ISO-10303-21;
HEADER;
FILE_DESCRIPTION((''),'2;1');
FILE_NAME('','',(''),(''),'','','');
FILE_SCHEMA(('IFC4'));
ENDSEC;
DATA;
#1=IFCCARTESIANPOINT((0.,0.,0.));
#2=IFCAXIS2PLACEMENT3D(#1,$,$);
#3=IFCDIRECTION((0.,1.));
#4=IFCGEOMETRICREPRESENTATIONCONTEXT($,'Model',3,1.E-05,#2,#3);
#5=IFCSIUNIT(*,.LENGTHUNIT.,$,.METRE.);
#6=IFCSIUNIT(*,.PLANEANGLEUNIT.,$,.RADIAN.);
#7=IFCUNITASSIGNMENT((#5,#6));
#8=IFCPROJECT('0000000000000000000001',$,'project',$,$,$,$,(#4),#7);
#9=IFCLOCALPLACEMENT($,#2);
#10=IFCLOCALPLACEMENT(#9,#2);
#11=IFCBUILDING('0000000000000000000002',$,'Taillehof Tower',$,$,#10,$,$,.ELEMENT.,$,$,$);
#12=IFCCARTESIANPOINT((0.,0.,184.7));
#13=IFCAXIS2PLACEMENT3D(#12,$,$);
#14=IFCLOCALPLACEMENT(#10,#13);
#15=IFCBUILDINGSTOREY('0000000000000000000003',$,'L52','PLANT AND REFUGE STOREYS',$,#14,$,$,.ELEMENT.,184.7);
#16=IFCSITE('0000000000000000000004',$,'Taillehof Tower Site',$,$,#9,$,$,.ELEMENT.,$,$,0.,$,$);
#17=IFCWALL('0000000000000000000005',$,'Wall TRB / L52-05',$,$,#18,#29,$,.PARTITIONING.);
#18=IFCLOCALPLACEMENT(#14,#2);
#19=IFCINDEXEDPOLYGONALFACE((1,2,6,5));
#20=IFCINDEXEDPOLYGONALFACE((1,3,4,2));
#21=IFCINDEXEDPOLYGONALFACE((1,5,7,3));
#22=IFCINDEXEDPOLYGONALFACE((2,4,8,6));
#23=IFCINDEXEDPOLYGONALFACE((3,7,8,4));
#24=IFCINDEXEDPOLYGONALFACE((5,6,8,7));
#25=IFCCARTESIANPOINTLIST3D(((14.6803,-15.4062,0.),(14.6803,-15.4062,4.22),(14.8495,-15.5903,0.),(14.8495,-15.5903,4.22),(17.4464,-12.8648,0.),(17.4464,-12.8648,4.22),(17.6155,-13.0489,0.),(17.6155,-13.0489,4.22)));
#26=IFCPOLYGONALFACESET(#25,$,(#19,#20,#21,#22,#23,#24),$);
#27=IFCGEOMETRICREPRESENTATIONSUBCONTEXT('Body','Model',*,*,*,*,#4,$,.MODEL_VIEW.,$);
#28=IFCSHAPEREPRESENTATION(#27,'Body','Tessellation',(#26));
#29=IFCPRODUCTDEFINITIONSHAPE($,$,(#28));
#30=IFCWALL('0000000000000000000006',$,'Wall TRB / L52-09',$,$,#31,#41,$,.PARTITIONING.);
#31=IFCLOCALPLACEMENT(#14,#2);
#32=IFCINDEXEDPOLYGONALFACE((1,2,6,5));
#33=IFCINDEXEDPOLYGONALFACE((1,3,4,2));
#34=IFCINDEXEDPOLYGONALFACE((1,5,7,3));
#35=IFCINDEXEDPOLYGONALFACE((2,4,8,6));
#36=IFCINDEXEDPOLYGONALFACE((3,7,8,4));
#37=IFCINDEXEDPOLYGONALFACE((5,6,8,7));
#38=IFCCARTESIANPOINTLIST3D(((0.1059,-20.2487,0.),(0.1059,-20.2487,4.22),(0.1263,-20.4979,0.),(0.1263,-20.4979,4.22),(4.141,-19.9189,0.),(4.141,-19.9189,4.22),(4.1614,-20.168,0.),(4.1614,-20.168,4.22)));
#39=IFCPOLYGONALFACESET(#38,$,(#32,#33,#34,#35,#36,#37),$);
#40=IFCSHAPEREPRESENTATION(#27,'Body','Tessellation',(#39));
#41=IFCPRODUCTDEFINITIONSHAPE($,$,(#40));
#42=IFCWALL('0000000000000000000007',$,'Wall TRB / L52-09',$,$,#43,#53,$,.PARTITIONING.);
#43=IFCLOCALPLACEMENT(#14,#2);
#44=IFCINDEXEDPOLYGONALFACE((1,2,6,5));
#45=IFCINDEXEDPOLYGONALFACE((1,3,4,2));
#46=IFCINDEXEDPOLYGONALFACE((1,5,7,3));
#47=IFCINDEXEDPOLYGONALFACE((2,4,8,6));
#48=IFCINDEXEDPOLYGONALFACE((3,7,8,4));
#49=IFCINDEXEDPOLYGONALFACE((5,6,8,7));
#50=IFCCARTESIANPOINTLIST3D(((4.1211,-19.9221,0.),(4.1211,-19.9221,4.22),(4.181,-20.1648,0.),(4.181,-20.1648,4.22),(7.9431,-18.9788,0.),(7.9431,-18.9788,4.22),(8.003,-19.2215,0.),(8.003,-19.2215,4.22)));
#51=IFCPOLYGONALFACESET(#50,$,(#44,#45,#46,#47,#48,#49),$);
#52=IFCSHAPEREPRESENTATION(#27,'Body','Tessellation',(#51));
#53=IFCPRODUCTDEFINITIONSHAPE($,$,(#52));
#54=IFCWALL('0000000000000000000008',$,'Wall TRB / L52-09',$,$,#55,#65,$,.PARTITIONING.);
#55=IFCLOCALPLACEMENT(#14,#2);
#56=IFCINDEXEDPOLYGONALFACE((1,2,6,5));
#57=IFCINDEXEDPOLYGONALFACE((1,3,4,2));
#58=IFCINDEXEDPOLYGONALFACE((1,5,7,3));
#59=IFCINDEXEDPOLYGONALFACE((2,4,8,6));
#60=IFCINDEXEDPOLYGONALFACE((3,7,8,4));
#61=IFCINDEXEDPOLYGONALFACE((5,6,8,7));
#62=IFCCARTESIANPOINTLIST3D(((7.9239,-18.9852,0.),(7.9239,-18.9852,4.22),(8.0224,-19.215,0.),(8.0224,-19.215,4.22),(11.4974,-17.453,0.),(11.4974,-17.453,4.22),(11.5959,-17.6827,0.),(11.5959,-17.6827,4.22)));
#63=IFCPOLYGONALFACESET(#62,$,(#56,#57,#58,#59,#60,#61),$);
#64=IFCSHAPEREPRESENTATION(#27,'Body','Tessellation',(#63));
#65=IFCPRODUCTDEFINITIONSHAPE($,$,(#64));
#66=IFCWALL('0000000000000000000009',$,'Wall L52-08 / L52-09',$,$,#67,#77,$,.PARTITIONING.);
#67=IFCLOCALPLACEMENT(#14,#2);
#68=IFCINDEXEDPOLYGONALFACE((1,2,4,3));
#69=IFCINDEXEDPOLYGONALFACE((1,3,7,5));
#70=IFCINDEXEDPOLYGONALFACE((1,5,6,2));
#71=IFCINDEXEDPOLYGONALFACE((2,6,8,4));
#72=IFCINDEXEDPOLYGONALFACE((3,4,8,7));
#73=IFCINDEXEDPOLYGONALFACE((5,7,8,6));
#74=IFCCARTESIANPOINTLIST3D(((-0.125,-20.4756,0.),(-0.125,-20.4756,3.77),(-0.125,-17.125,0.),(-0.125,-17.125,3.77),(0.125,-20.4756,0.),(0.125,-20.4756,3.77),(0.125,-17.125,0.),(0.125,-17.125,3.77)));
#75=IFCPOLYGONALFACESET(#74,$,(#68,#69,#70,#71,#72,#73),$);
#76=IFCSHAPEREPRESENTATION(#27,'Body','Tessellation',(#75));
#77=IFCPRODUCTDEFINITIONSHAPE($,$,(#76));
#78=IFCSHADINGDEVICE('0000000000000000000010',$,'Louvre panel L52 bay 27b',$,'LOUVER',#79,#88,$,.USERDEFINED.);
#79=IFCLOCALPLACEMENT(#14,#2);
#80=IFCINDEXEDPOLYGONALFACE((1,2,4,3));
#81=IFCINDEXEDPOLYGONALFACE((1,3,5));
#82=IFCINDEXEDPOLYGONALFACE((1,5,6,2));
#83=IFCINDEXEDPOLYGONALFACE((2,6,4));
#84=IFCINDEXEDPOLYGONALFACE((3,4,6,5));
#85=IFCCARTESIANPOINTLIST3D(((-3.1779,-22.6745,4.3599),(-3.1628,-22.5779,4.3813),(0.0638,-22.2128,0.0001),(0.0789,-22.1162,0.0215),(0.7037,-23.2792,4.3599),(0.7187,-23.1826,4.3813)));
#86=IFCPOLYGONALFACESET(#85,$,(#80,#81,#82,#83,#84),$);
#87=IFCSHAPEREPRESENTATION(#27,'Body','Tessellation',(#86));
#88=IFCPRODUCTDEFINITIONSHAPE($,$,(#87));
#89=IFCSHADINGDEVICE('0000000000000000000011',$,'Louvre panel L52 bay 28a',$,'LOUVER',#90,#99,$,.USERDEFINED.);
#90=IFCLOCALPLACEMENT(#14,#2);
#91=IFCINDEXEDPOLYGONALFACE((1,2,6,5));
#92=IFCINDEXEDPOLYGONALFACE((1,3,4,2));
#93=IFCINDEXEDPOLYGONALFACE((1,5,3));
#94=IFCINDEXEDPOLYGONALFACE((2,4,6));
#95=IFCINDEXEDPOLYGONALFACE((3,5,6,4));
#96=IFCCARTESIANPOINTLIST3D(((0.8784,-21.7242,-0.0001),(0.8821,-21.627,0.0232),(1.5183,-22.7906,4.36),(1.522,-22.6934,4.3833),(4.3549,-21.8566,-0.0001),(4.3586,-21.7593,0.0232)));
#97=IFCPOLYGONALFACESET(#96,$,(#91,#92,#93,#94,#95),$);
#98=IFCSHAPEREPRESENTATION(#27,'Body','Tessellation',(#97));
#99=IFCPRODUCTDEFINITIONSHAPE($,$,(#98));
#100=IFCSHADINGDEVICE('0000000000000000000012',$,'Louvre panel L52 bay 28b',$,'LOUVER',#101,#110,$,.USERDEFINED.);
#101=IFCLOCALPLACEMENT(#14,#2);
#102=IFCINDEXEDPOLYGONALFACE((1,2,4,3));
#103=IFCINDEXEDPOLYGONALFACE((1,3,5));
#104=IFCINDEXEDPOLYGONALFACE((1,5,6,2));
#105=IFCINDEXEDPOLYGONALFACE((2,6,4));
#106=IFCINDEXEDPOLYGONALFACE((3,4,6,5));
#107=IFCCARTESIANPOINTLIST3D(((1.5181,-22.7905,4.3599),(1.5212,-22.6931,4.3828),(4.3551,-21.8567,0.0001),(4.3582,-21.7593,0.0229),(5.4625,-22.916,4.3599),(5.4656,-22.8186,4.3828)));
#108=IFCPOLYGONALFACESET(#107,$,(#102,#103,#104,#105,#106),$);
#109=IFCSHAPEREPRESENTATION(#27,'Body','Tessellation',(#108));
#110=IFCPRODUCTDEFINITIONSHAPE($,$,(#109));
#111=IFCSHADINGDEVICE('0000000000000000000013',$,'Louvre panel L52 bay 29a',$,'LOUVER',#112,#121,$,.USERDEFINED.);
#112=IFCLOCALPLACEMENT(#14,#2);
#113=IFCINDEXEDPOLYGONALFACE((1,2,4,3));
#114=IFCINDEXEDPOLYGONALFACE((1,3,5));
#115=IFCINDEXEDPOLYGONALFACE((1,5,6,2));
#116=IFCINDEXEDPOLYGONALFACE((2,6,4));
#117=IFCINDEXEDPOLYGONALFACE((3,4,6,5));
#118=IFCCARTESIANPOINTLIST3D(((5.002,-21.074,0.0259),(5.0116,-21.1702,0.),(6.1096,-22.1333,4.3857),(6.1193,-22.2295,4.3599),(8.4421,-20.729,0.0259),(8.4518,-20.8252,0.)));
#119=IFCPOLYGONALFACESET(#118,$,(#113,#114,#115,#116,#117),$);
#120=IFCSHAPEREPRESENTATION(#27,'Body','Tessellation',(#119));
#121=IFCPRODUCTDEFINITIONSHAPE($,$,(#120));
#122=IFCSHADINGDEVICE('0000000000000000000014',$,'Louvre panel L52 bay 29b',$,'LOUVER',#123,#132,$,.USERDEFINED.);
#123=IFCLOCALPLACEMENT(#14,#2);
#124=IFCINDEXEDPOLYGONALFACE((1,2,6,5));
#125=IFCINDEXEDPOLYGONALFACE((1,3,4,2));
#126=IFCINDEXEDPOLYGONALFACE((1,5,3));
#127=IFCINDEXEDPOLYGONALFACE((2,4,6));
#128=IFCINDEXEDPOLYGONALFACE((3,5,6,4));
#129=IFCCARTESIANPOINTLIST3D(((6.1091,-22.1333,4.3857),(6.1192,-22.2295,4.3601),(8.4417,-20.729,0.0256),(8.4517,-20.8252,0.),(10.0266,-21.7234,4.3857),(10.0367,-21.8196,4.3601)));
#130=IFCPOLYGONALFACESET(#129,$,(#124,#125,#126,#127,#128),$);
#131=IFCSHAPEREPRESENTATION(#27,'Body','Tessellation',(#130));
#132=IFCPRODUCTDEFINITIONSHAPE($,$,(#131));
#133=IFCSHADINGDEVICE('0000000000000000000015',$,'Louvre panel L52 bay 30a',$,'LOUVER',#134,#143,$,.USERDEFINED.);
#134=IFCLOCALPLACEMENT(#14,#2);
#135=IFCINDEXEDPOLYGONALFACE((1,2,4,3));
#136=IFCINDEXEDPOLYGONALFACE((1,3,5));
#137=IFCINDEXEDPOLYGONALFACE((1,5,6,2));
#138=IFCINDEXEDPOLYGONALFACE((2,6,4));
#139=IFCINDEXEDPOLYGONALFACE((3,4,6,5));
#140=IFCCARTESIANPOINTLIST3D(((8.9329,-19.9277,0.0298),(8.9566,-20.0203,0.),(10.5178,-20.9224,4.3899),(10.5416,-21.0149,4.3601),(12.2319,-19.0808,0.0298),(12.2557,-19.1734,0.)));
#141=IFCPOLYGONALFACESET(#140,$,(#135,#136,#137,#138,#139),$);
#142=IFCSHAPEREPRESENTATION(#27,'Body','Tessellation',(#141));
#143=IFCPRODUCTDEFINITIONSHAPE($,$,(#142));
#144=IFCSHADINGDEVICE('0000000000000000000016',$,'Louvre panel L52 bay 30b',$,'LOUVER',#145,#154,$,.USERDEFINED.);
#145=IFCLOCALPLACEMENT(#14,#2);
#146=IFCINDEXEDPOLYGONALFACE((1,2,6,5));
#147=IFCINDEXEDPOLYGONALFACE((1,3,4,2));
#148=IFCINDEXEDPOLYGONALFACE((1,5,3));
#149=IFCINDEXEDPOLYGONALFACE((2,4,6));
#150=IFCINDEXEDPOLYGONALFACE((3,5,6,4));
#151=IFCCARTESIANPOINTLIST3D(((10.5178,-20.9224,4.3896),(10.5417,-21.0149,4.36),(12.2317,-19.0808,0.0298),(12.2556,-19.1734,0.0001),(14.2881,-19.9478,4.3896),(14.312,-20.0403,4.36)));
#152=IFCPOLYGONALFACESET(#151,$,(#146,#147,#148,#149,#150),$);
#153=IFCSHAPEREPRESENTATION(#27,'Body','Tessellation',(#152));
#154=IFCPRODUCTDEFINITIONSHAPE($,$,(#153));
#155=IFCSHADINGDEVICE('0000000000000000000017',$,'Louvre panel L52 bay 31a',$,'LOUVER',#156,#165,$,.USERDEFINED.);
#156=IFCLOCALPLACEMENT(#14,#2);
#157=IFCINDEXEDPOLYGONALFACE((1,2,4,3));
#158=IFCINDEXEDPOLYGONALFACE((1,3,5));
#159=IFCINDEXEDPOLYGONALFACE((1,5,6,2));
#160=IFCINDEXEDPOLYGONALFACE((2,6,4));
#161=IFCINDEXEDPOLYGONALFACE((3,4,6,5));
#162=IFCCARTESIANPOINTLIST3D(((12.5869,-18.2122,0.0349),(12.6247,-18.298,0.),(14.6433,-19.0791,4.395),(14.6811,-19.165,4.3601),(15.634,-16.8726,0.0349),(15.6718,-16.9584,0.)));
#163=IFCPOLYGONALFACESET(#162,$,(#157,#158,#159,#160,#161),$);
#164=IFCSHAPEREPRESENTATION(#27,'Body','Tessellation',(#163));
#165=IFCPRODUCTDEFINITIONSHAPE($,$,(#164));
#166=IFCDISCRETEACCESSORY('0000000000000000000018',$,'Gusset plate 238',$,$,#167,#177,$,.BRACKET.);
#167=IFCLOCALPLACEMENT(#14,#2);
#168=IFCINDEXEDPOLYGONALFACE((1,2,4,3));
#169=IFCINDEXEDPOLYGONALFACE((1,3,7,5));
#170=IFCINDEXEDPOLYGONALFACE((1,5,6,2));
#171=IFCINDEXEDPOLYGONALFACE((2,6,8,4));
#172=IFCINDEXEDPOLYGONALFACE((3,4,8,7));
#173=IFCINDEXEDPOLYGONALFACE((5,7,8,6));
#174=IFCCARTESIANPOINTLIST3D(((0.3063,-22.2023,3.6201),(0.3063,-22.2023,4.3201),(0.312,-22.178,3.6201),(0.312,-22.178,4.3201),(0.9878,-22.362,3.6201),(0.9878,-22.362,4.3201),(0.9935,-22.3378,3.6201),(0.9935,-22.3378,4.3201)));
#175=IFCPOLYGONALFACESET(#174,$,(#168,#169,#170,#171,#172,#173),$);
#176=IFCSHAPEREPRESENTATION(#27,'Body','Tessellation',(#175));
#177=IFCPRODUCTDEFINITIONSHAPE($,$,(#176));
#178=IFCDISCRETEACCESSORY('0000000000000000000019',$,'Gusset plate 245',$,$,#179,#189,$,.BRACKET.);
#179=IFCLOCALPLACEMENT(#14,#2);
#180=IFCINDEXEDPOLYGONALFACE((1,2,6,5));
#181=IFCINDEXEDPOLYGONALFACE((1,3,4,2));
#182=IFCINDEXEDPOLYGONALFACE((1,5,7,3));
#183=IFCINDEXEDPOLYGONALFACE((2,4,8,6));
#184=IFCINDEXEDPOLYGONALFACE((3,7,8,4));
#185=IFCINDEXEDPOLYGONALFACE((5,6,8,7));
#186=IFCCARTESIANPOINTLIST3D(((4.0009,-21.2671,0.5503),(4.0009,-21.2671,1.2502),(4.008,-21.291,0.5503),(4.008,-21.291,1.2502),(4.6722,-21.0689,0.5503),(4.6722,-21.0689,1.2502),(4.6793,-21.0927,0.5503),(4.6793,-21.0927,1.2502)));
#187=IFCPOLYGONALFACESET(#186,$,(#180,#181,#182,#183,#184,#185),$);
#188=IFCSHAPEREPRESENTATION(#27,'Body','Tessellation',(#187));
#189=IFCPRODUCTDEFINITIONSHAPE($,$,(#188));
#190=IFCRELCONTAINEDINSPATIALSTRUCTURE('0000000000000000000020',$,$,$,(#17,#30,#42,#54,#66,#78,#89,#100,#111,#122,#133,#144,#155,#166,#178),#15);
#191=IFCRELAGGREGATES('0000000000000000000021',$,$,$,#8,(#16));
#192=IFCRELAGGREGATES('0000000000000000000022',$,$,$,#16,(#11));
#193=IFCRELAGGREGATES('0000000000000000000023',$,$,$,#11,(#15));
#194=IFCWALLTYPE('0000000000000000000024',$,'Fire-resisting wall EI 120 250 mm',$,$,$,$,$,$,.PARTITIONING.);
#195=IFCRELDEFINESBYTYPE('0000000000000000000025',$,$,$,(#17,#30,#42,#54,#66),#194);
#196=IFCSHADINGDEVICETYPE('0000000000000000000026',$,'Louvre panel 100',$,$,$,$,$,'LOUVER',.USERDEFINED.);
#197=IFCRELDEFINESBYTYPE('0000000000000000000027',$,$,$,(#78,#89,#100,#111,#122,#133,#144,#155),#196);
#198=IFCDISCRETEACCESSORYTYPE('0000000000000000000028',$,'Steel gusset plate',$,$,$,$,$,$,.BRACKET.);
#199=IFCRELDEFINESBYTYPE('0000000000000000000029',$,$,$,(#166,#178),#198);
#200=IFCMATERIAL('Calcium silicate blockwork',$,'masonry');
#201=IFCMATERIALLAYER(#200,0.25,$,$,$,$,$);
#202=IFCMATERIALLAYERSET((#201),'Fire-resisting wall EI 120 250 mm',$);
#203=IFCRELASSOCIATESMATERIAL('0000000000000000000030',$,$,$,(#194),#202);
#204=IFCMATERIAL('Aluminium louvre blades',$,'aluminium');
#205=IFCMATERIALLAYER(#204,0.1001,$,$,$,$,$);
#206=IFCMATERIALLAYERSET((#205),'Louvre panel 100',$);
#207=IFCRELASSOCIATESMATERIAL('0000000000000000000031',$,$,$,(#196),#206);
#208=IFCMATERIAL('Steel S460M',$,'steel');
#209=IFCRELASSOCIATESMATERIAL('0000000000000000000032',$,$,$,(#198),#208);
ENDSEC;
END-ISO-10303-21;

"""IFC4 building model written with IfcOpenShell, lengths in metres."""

from ifc_helpers import new_model, si_unit, direction, frame, frame_2d, origin, origin_2d, place, context, subcontext, project, spatial, polyline, rectangle, outline, extrude, material, layer, layer_set, type_object, element, save


model = new_model("IFC4")

# Units and contexts
model_context = context("Model", 3, precision=1e-05, world=origin(), true_north=direction((0.0, 1.0)))
body_context = subcontext(model_context, "Body", "Model", "MODEL_VIEW")
ifc_project = project(units=[si_unit("LENGTHUNIT", "METRE"), si_unit("PLANEANGLEUNIT", "RADIAN")], contexts=[model_context])

# Site, building, storey
site_placement = place(None, origin())
site = spatial("IfcSite", under=ifc_project, at=site_placement, Name="Taillehof Tower Site", CompositionType="ELEMENT", RefElevation=0.0)
building_placement = place(site_placement, origin())
building = spatial("IfcBuilding", under=site, at=building_placement, Name="Taillehof Tower", CompositionType="ELEMENT")
storey_placement = place(building_placement, frame((0.0, 0.0, 184.7)))
storey = spatial("IfcBuildingStorey", under=building, at=storey_placement, Name="L52", Description="PLANT AND REFUGE STOREYS", CompositionType="ELEMENT", Elevation=184.7)

# Walls
ifc_material_1 = material(Name="Calcium silicate blockwork", Category="masonry")
ifc_layer_1 = layer(ifc_material_1, 0.25)
ifc_layer_set_1 = layer_set([ifc_layer_1], Name="Fire-resisting wall EI 120 250 mm")
wall_type = type_object("IfcWallType", Name="Fire-resisting wall EI 120 250 mm", PredefinedType="PARTITIONING", material=ifc_layer_set_1)
wall_1_placement = place(storey_placement, frame((14.7649, -15.4983, 0.0), z_axis=(0.0, 0.0, 1.0), x_axis=(0.736371, 0.676578, 0.0)))
element("IfcWall", 1, at=wall_1_placement, inside=storey, type_object=wall_type, Name="Wall TRB / L52-05", PredefinedType="PARTITIONING", context=body_context, shape_type="SweptSolid", body=[
    extrude(rectangle(XDim=3.7563, YDim=0.25, at=frame_2d((1.8782, 0.0))), origin(), (0.0, 0.0, 1.0), 4.22),
])
wall_2_placement = place(storey_placement, frame((0.116, -20.3733, 0.0), z_axis=(0.0, 0.0, 1.0), x_axis=(0.996676, 0.081468, 0.0)))
element("IfcWall", 2, at=wall_2_placement, inside=storey, type_object=wall_type, Name="Wall TRB / L52-09", PredefinedType="PARTITIONING", context=body_context, shape_type="SweptSolid", body=[
    extrude(rectangle(XDim=4.0486, YDim=0.25, at=frame_2d((2.0244, 0.0))), origin(), (0.0, 0.0, 1.0), 4.22),
])
wall_3_placement = place(storey_placement, frame((4.1511, -20.0435, 0.0), z_axis=(0.0, 0.0, 1.0), x_axis=(0.970864, 0.239631, 0.0)))
element("IfcWall", 3, at=wall_3_placement, inside=storey, type_object=wall_type, Name="Wall TRB / L52-09", PredefinedType="PARTITIONING", context=body_context, shape_type="SweptSolid", body=[
    extrude(rectangle(XDim=3.9368, YDim=0.25, at=frame_2d((1.9683, 0.0))), origin(), (0.0, 0.0, 1.0), 4.22),
])
wall_4_placement = place(storey_placement, frame((7.9731, -19.1001, 0.0), z_axis=(0.0, 0.0, 1.0), x_axis=(0.919077, 0.394078, 0.0)))
element("IfcWall", 4, at=wall_4_placement, inside=storey, type_object=wall_type, Name="Wall TRB / L52-09", PredefinedType="PARTITIONING", context=body_context, shape_type="SweptSolid", body=[
    extrude(rectangle(XDim=3.8882, YDim=0.25, at=frame_2d((1.9441, 0.0))), origin(), (0.0, 0.0, 1.0), 4.22),
])
wall_5_placement = place(storey_placement, frame((0.0, -20.4756, 0.0), z_axis=(0.0, 0.0, 1.0), x_axis=(0.0, 1.0, 0.0)))
element("IfcWall", 5, at=wall_5_placement, inside=storey, type_object=wall_type, Name="Wall L52-08 / L52-09", PredefinedType="PARTITIONING", context=body_context, shape_type="SweptSolid", body=[
    extrude(rectangle(XDim=3.3506, YDim=0.25, at=frame_2d((1.6753, 0.0))), origin(), (0.0, 0.0, 1.0), 3.77),
])

# Shading devices
ifc_material_2 = material(Name="Aluminium louvre blades", Category="aluminium")
ifc_layer_2 = layer(ifc_material_2, 0.1001)
ifc_layer_set_2 = layer_set([ifc_layer_2], Name="Louvre panel 100")
shading_device_type = type_object("IfcShadingDeviceType", Name="Louvre panel 100", ElementType="LOUVER", PredefinedType="USERDEFINED", material=ifc_layer_set_2)
shading_device_1_placement = place(storey_placement, frame((0.0789, -22.1162, 0.0215), z_axis=(0.150372, 0.965188, 0.214011), x_axis=(0.141139, -0.235214, 0.961641)))
element("IfcShadingDevice", 6, at=shading_device_1_placement, inside=storey, type_object=shading_device_type, Name="Louvre panel L52 bay 27b", ObjectType="LOUVER", PredefinedType="USERDEFINED", context=body_context, shape_type="SweptSolid", body=[
    extrude(outline(polyline([(0.0, 0.0), (4.5338, 0.0), (3.8437, -3.8673), (0.0, 0.0)])), origin(), (0.0, 0.0, -1.0), 0.1001),
])
shading_device_2_placement = place(storey_placement, frame((0.8821, -21.627, 0.0232), z_axis=(0.036994, 0.971943, 0.232291), x_axis=(0.999276, -0.038034, 0.0)))
element("IfcShadingDevice", 7, at=shading_device_2_placement, inside=storey, type_object=shading_device_type, Name="Louvre panel L52 bay 28a", ObjectType="LOUVER", PredefinedType="USERDEFINED", context=body_context, shape_type="SweptSolid", body=[
    extrude(outline(polyline([(0.0, 0.0), (3.4791, 0.0), (0.68, -4.4827), (0.0, 0.0)])), origin(), (0.0, 0.0, -1.0), 0.1001),
])
shading_device_3_placement = place(storey_placement, frame((4.3582, -21.7593, 0.0229), z_axis=(0.030957, 0.973038, 0.228558), x_axis=(0.239631, -0.229224, 0.943416)))
element("IfcShadingDevice", 8, at=shading_device_3_placement, inside=storey, type_object=shading_device_type, Name="Louvre panel L52 bay 28b", ObjectType="LOUVER", PredefinedType="USERDEFINED", context=body_context, shape_type="SweptSolid", body=[
    extrude(outline(polyline([(0.0, 0.0), (4.6214, 0.0), (3.6474, -3.8243), (0.0, 0.0)])), origin(), (0.0, 0.0, -1.0), 0.1001),
])
shading_device_4_placement = place(storey_placement, frame((5.002, -21.074, 0.0259), z_axis=(-0.096397, 0.961307, 0.258062), x_axis=(0.99501, 0.099776, 0.0)))
element("IfcShadingDevice", 9, at=shading_device_4_placement, inside=storey, type_object=shading_device_type, Name="Louvre panel L52 bay 29a", ObjectType="LOUVER", PredefinedType="USERDEFINED", context=body_context, shape_type="SweptSolid", body=[
    extrude(outline(polyline([(0.0, 0.0), (3.4574, 0.0), (0.9964, -4.5127), (0.0, 0.0)])), origin(), (0.0, 0.0, -1.0), 0.1001),
])
shading_device_5_placement = place(storey_placement, frame((8.4417, -20.729, 0.0256), z_axis=(-0.100605, 0.961468, 0.255848), x_axis=(0.334054, -0.209581, 0.918958)))
element("IfcShadingDevice", 10, at=shading_device_5_placement, inside=storey, type_object=shading_device_type, Name="Louvre panel L52 bay 29b", ObjectType="LOUVER", PredefinedType="USERDEFINED", context=body_context, shape_type="SweptSolid", body=[
    extrude(outline(polyline([(0.0, 0.0), (4.7446, 0.0), (3.5219, -3.7443), (0.0, 0.0)])), origin(), (0.0, 0.0, -1.0), 0.1001),
])
shading_device_6_placement = place(storey_placement, frame((8.9329, -19.9277, 0.0298), z_axis=(-0.237412, 0.924806, 0.29727), x_axis=(0.968593, 0.248653, 0.0)))
element("IfcShadingDevice", 11, at=shading_device_6_placement, inside=storey, type_object=shading_device_type, Name="Louvre panel L52 bay 30a", ObjectType="LOUVER", PredefinedType="USERDEFINED", context=body_context, shape_type="SweptSolid", body=[
    extrude(outline(polyline([(0.0, 0.0), (3.406, 0.0), (1.2879, -4.5665), (0.0, 0.0)])), origin(), (0.0, 0.0, -1.0), 0.1001),
])
shading_device_7_placement = place(storey_placement, frame((12.2317, -19.0808, 0.0298), z_axis=(-0.239011, 0.924613, 0.296589), x_axis=(0.419858, -0.177006, 0.890162)))
element("IfcShadingDevice", 12, at=shading_device_7_placement, inside=storey, type_object=shading_device_type, Name="Louvre panel L52 bay 30b", ObjectType="LOUVER", PredefinedType="USERDEFINED", context=body_context, shape_type="SweptSolid", body=[
    extrude(outline(polyline([(0.0, 0.0), (4.8978, 0.0), (3.4874, -3.6298), (0.0, 0.0)])), origin(), (0.0, 0.0, -1.0), 0.1001),
])
shading_device_8_placement = place(storey_placement, frame((12.5869, -18.2122, 0.0349), z_axis=(-0.37722, 0.858043, 0.348521), x_axis=(0.91544, 0.402453, 0.0)))
element("IfcShadingDevice", 13, at=shading_device_8_placement, inside=storey, type_object=shading_device_type, Name="Louvre panel L52 bay 31a", ObjectType="LOUVER", PredefinedType="USERDEFINED", context=body_context, shape_type="SweptSolid", body=[
    extrude(outline(polyline([(0.0, 0.0), (3.3286, 0.0), (1.5336, -4.6518), (0.0, 0.0)])), origin(), (0.0, 0.0, -1.0), 0.1001),
])

# Discrete accessories
ifc_material_3 = material(Name="Steel S460M", Category="steel")
discrete_accessory_type = type_object("IfcDiscreteAccessoryType", Name="Steel gusset plate", PredefinedType="BRACKET", material=ifc_material_3)
for number, where, z_axis, x_axis, name in (
    (14, (0.6499, -22.27, 3.6201), (0.0, 0.0, 1.0), (0.97361, -0.228218, 0.0), "Gusset plate 238"),
    (15, (4.3401, -21.1799, 0.5503), (0.0, 0.0, 1.0), (0.959051, 0.283232, 0.0), "Gusset plate 245"),
):
    element("IfcDiscreteAccessory", number, at=place(storey_placement, frame(where, z_axis=z_axis, x_axis=x_axis)), inside=storey, type_object=discrete_accessory_type, Name=name, PredefinedType="BRACKET", context=body_context, shape_type="SweptSolid", body=[
        extrude(rectangle(XDim=0.7, YDim=0.0249, at=origin_2d()), origin(), (0.0, 0.0, 1.0), 0.7),
    ])

save(model, "model.ifc")
